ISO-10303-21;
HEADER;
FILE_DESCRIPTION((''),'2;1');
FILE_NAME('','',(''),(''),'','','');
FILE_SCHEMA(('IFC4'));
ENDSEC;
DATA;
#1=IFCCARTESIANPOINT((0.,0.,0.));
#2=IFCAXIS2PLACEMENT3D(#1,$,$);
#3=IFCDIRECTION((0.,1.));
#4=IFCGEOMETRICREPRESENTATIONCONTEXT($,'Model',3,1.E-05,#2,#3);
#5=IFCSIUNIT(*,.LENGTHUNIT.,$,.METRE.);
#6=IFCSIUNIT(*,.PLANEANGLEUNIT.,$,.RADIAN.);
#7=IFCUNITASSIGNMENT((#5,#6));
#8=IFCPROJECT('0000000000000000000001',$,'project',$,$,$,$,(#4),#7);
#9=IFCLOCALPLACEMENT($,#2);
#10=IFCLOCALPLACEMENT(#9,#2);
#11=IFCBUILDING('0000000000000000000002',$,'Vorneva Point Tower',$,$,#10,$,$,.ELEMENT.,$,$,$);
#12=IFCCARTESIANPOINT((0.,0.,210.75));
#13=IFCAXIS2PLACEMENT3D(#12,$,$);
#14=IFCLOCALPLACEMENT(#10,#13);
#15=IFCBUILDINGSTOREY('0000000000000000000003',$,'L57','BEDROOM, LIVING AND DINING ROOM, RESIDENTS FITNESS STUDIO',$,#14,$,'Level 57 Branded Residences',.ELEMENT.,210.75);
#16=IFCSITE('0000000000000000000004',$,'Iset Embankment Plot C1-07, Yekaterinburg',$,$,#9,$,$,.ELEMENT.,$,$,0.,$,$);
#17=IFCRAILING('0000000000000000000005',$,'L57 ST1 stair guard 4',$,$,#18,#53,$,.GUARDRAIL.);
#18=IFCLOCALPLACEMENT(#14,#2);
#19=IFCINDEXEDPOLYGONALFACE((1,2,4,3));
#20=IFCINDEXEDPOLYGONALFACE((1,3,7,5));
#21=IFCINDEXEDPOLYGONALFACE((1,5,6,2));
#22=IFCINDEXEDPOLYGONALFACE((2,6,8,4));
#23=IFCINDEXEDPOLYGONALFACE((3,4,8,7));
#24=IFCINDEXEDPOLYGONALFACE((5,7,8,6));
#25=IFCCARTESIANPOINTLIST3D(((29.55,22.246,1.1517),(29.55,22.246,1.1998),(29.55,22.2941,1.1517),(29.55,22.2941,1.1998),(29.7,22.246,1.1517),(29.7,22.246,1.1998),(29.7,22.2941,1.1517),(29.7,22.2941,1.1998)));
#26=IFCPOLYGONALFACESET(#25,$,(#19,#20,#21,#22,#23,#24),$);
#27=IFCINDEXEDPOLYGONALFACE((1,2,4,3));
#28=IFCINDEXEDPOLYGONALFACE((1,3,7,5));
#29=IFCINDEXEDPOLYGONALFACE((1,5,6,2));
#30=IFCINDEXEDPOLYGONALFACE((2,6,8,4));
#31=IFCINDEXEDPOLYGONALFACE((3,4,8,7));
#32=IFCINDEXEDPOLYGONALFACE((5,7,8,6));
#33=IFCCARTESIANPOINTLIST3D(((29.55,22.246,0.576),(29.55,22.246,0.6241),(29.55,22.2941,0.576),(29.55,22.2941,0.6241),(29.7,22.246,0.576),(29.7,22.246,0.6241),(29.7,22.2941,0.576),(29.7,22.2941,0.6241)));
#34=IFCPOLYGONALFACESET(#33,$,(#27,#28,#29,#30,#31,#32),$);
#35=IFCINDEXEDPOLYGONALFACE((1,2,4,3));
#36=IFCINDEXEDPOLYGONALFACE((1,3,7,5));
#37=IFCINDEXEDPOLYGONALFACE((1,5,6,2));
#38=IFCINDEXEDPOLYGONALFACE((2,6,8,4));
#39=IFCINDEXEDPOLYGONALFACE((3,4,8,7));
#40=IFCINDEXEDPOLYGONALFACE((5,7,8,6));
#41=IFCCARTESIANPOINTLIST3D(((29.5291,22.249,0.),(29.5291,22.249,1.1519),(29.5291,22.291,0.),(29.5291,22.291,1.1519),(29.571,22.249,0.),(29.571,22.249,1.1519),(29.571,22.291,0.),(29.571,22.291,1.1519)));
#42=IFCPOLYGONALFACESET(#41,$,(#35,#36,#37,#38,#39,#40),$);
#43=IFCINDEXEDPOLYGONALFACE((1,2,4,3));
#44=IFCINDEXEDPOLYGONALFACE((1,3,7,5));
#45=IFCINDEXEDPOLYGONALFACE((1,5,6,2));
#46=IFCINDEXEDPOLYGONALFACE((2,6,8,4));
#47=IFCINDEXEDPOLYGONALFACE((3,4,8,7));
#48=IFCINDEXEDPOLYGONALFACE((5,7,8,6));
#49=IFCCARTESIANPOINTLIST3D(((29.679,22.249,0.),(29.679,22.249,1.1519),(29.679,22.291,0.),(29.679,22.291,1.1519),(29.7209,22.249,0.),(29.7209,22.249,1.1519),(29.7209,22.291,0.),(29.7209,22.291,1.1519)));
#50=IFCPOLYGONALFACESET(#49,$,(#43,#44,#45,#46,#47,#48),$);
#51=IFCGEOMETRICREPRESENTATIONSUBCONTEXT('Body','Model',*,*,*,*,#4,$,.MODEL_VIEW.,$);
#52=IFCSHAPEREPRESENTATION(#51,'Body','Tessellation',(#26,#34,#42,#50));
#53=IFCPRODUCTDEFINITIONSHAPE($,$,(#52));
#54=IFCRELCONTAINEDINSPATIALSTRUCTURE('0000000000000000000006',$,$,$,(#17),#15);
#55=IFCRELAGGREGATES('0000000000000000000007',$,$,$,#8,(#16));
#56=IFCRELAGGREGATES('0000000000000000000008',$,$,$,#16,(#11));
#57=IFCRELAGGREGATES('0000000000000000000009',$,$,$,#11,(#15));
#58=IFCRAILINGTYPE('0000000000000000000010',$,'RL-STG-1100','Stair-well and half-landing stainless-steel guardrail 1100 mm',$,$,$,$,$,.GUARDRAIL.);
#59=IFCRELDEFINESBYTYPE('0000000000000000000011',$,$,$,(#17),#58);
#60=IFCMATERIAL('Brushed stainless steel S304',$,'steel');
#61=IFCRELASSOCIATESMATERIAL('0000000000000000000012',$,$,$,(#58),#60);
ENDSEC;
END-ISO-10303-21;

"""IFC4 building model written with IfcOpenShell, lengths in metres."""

from ifc_helpers import new_model, si_unit, direction, frame, origin, origin_2d, place, context, subcontext, project, spatial, rectangle, extrude, material, type_object, element, save


model = new_model("IFC4")

# Units and contexts
model_context = context("Model", 3, precision=1e-05, world=origin(), true_north=direction((0.0, 1.0)))
body_context = subcontext(model_context, "Body", "Model", "MODEL_VIEW")
ifc_project = project(units=[si_unit("LENGTHUNIT", "METRE"), si_unit("PLANEANGLEUNIT", "RADIAN")], contexts=[model_context])

# Site, building, storey
site_placement = place(None, origin())
site = spatial("IfcSite", under=ifc_project, at=site_placement, Name="Iset Embankment Plot C1-07, Yekaterinburg", CompositionType="ELEMENT", RefElevation=0.0)
building_placement = place(site_placement, origin())
building = spatial("IfcBuilding", under=site, at=building_placement, Name="Vorneva Point Tower", CompositionType="ELEMENT")
storey_placement = place(building_placement, frame((0.0, 0.0, 210.75)))
storey = spatial("IfcBuildingStorey", under=building, at=storey_placement, Name="L57", Description="BEDROOM, LIVING AND DINING ROOM, RESIDENTS FITNESS STUDIO", LongName="Level 57 Branded Residences", CompositionType="ELEMENT", Elevation=210.75)

# Shared definitions
ifc_material_1 = material(Name="Brushed stainless steel S304", Category="steel")

# Railing
railing_type_1 = type_object("IfcRailingType", Name="RL-STG-1100", Description="Stair-well and half-landing stainless-steel guardrail 1100 mm", PredefinedType="GUARDRAIL", material=ifc_material_1)
railing_1_placement = place(storey_placement, frame((29.55, 22.27, 0.0)))
element("IfcRailing", 1, at=railing_1_placement, inside=storey, type_object=railing_type_1, Name="L57 ST1 stair guard 4", PredefinedType="GUARDRAIL", context=body_context, shape_type="SweptSolid", body=[
    extrude(rectangle(XDim=0.0481, YDim=0.0481, at=origin_2d()), frame((0.0, 0.0, 1.1758), z_axis=(1.0, 0.0, 0.0), x_axis=(0.0, 1.0, 0.0)), (0.0, 0.0, 1.0), 0.1499),
    extrude(rectangle(XDim=0.0481, YDim=0.0481, at=origin_2d()), frame((0.0, 0.0, 0.6001), z_axis=(1.0, 0.0, 0.0), x_axis=(0.0, 1.0, 0.0)), (0.0, 0.0, 1.0), 0.1499),
    extrude(rectangle(XDim=0.042, YDim=0.042, at=origin_2d()), origin(), (0.0, 0.0, 1.0), 1.1519),
    extrude(rectangle(XDim=0.042, YDim=0.042, at=origin_2d()), frame((0.1499, 0.0, 0.0)), (0.0, 0.0, 1.0), 1.1519),
])

save(model, "model.ifc")
